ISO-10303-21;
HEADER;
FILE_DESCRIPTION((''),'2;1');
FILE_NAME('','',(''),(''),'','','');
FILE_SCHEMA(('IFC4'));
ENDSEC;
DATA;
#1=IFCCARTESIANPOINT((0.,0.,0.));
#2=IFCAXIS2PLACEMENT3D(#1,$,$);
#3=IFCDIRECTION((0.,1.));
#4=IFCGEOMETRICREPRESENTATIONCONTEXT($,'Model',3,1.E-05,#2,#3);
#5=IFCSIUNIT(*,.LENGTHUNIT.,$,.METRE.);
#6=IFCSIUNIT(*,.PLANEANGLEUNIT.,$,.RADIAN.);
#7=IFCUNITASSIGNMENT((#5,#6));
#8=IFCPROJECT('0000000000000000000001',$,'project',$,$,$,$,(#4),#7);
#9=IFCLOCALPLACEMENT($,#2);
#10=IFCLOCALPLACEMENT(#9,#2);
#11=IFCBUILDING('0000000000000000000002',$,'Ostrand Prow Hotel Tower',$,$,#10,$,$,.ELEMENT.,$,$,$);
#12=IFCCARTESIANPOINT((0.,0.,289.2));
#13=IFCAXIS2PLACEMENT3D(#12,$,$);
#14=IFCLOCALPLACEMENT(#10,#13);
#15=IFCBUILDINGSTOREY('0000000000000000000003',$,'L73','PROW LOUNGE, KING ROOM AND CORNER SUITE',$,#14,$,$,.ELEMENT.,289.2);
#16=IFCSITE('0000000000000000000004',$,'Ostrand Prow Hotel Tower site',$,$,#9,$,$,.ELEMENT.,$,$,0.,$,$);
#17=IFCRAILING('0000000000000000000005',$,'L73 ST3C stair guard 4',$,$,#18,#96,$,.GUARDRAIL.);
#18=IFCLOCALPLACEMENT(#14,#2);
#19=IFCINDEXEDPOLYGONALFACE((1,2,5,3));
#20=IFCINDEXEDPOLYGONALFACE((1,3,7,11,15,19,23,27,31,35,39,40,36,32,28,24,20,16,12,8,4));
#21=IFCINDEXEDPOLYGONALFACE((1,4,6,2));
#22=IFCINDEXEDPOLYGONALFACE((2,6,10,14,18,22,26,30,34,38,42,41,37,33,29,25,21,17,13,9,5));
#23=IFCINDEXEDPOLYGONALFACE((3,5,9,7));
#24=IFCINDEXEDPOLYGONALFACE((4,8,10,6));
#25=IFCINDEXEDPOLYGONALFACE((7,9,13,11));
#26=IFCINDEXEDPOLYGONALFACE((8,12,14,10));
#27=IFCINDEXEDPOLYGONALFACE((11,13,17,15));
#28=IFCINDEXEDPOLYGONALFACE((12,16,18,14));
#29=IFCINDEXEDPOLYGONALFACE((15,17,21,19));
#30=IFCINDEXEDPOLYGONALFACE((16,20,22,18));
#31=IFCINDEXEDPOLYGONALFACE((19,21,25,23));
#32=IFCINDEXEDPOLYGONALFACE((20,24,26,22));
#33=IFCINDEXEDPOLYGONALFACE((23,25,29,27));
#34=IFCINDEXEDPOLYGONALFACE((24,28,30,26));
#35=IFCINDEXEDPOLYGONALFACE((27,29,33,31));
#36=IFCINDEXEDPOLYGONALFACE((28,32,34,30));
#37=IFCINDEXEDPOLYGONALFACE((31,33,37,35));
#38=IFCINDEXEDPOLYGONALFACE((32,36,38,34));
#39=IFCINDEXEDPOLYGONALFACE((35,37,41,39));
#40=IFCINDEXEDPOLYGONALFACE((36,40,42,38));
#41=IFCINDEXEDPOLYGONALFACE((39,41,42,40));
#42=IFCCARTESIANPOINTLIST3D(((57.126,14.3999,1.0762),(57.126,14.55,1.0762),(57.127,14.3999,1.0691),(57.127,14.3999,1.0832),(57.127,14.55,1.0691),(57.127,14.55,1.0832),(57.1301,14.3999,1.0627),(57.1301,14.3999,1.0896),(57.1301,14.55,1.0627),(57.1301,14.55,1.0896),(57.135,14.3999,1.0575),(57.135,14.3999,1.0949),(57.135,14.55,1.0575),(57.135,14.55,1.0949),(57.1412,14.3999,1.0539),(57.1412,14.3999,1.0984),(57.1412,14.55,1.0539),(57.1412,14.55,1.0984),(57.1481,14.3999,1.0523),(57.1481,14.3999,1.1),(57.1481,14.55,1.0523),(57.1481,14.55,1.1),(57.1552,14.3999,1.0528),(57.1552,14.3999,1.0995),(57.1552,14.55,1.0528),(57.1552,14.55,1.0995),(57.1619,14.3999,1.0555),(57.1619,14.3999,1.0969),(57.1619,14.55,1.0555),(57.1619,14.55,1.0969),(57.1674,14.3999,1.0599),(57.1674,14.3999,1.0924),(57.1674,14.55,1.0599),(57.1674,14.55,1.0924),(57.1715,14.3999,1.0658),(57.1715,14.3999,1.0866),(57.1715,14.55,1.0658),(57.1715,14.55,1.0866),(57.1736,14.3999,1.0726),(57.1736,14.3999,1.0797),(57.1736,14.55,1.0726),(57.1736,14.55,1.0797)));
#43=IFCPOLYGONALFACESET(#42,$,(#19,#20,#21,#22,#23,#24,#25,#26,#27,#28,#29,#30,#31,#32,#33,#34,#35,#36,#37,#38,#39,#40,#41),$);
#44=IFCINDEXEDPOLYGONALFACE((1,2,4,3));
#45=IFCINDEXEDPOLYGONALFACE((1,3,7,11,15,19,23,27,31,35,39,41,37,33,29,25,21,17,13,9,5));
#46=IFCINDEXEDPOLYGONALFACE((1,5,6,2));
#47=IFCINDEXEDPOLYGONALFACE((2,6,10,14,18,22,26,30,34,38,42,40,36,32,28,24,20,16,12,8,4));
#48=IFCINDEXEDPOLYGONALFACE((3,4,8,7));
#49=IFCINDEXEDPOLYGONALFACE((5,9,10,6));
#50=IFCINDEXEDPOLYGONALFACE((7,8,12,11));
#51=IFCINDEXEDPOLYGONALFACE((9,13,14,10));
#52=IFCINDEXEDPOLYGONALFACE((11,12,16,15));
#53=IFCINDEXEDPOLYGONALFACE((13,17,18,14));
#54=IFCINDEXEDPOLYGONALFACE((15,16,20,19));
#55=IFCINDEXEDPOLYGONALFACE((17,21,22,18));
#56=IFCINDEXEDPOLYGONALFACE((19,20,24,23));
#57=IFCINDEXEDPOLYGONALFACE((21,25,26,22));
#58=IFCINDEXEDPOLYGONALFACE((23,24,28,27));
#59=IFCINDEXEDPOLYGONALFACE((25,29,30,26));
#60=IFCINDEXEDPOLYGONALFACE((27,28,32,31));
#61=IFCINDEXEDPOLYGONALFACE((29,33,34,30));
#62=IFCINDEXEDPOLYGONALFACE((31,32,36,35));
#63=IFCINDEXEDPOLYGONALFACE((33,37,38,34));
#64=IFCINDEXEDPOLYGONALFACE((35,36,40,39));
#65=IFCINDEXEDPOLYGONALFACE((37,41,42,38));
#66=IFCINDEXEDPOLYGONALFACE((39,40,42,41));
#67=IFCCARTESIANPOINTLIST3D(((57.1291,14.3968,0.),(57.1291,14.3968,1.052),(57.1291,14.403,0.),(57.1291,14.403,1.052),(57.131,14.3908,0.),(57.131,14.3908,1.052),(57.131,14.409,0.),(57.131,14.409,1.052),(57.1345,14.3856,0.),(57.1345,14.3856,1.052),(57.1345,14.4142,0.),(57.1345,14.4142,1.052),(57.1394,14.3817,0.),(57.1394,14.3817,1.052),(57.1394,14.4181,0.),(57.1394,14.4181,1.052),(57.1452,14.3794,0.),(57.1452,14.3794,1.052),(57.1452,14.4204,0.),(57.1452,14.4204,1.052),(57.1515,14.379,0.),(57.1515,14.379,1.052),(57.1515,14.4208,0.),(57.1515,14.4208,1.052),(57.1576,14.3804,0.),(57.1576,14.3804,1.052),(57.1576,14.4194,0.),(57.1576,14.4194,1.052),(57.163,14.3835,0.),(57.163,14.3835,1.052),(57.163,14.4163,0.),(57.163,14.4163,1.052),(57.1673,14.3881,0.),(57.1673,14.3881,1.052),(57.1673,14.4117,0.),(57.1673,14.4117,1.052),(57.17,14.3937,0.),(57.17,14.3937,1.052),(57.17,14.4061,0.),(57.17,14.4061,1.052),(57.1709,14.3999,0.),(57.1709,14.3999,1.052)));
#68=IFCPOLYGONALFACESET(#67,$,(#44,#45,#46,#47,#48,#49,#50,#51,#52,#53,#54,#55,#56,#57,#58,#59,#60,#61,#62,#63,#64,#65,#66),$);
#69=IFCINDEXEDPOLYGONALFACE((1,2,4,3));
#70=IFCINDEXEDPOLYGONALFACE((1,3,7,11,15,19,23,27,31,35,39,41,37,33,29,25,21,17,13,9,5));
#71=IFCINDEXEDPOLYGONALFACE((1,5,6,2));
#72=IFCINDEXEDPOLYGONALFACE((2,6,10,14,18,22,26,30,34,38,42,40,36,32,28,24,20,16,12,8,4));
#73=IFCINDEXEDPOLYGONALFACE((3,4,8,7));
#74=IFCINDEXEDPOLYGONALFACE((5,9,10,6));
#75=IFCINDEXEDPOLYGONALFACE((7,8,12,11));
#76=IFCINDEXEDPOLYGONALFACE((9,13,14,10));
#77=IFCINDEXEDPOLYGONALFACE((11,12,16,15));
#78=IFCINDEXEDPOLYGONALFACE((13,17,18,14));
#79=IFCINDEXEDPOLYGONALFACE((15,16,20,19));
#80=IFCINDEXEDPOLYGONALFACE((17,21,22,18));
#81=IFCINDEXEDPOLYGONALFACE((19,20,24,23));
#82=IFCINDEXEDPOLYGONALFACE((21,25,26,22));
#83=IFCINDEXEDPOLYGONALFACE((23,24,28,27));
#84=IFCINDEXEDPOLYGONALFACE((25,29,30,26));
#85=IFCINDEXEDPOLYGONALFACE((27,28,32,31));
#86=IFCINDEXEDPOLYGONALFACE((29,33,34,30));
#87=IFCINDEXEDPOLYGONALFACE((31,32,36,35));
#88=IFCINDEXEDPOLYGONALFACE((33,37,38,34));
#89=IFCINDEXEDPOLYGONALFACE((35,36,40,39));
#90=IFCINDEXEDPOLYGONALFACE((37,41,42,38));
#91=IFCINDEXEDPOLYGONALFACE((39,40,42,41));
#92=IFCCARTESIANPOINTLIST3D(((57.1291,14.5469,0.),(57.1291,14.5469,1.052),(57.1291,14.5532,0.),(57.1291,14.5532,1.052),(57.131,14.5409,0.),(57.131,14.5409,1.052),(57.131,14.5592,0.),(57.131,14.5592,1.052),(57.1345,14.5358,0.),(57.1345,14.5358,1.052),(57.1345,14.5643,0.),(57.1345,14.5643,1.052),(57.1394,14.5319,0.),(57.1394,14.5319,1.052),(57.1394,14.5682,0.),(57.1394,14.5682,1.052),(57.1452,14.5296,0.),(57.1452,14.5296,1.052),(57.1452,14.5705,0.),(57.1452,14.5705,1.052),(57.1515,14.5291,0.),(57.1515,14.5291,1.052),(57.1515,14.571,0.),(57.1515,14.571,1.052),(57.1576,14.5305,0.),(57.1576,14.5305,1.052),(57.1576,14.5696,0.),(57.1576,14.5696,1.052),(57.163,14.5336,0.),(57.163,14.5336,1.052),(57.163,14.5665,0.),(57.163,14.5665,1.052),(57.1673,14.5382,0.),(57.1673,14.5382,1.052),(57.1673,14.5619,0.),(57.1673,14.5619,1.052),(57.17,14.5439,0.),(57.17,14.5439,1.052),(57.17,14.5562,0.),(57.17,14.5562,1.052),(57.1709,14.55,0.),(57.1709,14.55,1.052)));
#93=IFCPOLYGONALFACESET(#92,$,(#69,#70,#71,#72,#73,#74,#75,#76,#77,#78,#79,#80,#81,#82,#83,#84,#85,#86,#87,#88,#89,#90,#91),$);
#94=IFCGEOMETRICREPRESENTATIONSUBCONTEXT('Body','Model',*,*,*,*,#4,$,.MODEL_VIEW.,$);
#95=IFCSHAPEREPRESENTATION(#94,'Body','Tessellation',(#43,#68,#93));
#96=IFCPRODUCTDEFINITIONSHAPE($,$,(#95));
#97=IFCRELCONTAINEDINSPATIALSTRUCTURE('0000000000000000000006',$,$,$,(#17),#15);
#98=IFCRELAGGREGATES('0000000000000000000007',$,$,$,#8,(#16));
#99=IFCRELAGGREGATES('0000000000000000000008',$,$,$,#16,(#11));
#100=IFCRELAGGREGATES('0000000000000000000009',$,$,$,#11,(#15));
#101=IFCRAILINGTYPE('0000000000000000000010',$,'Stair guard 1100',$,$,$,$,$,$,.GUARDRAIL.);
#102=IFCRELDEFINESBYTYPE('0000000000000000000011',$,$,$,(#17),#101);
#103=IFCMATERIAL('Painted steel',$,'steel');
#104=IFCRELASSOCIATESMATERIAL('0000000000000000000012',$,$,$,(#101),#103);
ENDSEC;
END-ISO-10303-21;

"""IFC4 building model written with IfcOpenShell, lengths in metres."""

from ifc_helpers import new_model, si_unit, direction, frame, origin, origin_2d, place, context, subcontext, project, spatial, circle, extrude, material, type_object, element, save


model = new_model("IFC4")

# Units and contexts
model_context = context("Model", 3, precision=1e-05, world=origin(), true_north=direction((0.0, 1.0)))
body_context = subcontext(model_context, "Body", "Model", "MODEL_VIEW")
ifc_project = project(units=[si_unit("LENGTHUNIT", "METRE"), si_unit("PLANEANGLEUNIT", "RADIAN")], contexts=[model_context])

# Site, building, storey
site_placement = place(None, origin())
site = spatial("IfcSite", under=ifc_project, at=site_placement, Name="Ostrand Prow Hotel Tower site", CompositionType="ELEMENT", RefElevation=0.0)
building_placement = place(site_placement, origin())
building = spatial("IfcBuilding", under=site, at=building_placement, Name="Ostrand Prow Hotel Tower", CompositionType="ELEMENT")
storey_placement = place(building_placement, frame((0.0, 0.0, 289.2)))
storey = spatial("IfcBuildingStorey", under=building, at=storey_placement, Name="L73", Description="PROW LOUNGE, KING ROOM AND CORNER SUITE", CompositionType="ELEMENT", Elevation=289.2)

# Railing
ifc_material_1 = material(Name="Painted steel", Category="steel")
railing_type_1 = type_object("IfcRailingType", Name="Stair guard 1100", PredefinedType="GUARDRAIL", material=ifc_material_1)
railing_1_placement = place(storey_placement, frame((57.1499, 14.3999, 0.0)))
element("IfcRailing", 1, at=railing_1_placement, inside=storey, type_object=railing_type_1, Name="L73 ST3C stair guard 4", PredefinedType="GUARDRAIL", context=body_context, shape_type="SweptSolid", body=[
    extrude(circle(Radius=0.0239, at=origin_2d()), frame((0.0, 0.0, 1.0762), z_axis=(0.0, 1.0, 0.0), x_axis=(-1.0, 0.0, 0.0)), (0.0, 0.0, 1.0), 0.1501),
    extrude(circle(Radius=0.021, at=origin_2d()), origin(), (0.0, 0.0, 1.0), 1.052),
    extrude(circle(Radius=0.021, at=origin_2d()), frame((0.0, 0.1501, 0.0)), (0.0, 0.0, 1.0), 1.052),
])

save(model, "model.ifc")
